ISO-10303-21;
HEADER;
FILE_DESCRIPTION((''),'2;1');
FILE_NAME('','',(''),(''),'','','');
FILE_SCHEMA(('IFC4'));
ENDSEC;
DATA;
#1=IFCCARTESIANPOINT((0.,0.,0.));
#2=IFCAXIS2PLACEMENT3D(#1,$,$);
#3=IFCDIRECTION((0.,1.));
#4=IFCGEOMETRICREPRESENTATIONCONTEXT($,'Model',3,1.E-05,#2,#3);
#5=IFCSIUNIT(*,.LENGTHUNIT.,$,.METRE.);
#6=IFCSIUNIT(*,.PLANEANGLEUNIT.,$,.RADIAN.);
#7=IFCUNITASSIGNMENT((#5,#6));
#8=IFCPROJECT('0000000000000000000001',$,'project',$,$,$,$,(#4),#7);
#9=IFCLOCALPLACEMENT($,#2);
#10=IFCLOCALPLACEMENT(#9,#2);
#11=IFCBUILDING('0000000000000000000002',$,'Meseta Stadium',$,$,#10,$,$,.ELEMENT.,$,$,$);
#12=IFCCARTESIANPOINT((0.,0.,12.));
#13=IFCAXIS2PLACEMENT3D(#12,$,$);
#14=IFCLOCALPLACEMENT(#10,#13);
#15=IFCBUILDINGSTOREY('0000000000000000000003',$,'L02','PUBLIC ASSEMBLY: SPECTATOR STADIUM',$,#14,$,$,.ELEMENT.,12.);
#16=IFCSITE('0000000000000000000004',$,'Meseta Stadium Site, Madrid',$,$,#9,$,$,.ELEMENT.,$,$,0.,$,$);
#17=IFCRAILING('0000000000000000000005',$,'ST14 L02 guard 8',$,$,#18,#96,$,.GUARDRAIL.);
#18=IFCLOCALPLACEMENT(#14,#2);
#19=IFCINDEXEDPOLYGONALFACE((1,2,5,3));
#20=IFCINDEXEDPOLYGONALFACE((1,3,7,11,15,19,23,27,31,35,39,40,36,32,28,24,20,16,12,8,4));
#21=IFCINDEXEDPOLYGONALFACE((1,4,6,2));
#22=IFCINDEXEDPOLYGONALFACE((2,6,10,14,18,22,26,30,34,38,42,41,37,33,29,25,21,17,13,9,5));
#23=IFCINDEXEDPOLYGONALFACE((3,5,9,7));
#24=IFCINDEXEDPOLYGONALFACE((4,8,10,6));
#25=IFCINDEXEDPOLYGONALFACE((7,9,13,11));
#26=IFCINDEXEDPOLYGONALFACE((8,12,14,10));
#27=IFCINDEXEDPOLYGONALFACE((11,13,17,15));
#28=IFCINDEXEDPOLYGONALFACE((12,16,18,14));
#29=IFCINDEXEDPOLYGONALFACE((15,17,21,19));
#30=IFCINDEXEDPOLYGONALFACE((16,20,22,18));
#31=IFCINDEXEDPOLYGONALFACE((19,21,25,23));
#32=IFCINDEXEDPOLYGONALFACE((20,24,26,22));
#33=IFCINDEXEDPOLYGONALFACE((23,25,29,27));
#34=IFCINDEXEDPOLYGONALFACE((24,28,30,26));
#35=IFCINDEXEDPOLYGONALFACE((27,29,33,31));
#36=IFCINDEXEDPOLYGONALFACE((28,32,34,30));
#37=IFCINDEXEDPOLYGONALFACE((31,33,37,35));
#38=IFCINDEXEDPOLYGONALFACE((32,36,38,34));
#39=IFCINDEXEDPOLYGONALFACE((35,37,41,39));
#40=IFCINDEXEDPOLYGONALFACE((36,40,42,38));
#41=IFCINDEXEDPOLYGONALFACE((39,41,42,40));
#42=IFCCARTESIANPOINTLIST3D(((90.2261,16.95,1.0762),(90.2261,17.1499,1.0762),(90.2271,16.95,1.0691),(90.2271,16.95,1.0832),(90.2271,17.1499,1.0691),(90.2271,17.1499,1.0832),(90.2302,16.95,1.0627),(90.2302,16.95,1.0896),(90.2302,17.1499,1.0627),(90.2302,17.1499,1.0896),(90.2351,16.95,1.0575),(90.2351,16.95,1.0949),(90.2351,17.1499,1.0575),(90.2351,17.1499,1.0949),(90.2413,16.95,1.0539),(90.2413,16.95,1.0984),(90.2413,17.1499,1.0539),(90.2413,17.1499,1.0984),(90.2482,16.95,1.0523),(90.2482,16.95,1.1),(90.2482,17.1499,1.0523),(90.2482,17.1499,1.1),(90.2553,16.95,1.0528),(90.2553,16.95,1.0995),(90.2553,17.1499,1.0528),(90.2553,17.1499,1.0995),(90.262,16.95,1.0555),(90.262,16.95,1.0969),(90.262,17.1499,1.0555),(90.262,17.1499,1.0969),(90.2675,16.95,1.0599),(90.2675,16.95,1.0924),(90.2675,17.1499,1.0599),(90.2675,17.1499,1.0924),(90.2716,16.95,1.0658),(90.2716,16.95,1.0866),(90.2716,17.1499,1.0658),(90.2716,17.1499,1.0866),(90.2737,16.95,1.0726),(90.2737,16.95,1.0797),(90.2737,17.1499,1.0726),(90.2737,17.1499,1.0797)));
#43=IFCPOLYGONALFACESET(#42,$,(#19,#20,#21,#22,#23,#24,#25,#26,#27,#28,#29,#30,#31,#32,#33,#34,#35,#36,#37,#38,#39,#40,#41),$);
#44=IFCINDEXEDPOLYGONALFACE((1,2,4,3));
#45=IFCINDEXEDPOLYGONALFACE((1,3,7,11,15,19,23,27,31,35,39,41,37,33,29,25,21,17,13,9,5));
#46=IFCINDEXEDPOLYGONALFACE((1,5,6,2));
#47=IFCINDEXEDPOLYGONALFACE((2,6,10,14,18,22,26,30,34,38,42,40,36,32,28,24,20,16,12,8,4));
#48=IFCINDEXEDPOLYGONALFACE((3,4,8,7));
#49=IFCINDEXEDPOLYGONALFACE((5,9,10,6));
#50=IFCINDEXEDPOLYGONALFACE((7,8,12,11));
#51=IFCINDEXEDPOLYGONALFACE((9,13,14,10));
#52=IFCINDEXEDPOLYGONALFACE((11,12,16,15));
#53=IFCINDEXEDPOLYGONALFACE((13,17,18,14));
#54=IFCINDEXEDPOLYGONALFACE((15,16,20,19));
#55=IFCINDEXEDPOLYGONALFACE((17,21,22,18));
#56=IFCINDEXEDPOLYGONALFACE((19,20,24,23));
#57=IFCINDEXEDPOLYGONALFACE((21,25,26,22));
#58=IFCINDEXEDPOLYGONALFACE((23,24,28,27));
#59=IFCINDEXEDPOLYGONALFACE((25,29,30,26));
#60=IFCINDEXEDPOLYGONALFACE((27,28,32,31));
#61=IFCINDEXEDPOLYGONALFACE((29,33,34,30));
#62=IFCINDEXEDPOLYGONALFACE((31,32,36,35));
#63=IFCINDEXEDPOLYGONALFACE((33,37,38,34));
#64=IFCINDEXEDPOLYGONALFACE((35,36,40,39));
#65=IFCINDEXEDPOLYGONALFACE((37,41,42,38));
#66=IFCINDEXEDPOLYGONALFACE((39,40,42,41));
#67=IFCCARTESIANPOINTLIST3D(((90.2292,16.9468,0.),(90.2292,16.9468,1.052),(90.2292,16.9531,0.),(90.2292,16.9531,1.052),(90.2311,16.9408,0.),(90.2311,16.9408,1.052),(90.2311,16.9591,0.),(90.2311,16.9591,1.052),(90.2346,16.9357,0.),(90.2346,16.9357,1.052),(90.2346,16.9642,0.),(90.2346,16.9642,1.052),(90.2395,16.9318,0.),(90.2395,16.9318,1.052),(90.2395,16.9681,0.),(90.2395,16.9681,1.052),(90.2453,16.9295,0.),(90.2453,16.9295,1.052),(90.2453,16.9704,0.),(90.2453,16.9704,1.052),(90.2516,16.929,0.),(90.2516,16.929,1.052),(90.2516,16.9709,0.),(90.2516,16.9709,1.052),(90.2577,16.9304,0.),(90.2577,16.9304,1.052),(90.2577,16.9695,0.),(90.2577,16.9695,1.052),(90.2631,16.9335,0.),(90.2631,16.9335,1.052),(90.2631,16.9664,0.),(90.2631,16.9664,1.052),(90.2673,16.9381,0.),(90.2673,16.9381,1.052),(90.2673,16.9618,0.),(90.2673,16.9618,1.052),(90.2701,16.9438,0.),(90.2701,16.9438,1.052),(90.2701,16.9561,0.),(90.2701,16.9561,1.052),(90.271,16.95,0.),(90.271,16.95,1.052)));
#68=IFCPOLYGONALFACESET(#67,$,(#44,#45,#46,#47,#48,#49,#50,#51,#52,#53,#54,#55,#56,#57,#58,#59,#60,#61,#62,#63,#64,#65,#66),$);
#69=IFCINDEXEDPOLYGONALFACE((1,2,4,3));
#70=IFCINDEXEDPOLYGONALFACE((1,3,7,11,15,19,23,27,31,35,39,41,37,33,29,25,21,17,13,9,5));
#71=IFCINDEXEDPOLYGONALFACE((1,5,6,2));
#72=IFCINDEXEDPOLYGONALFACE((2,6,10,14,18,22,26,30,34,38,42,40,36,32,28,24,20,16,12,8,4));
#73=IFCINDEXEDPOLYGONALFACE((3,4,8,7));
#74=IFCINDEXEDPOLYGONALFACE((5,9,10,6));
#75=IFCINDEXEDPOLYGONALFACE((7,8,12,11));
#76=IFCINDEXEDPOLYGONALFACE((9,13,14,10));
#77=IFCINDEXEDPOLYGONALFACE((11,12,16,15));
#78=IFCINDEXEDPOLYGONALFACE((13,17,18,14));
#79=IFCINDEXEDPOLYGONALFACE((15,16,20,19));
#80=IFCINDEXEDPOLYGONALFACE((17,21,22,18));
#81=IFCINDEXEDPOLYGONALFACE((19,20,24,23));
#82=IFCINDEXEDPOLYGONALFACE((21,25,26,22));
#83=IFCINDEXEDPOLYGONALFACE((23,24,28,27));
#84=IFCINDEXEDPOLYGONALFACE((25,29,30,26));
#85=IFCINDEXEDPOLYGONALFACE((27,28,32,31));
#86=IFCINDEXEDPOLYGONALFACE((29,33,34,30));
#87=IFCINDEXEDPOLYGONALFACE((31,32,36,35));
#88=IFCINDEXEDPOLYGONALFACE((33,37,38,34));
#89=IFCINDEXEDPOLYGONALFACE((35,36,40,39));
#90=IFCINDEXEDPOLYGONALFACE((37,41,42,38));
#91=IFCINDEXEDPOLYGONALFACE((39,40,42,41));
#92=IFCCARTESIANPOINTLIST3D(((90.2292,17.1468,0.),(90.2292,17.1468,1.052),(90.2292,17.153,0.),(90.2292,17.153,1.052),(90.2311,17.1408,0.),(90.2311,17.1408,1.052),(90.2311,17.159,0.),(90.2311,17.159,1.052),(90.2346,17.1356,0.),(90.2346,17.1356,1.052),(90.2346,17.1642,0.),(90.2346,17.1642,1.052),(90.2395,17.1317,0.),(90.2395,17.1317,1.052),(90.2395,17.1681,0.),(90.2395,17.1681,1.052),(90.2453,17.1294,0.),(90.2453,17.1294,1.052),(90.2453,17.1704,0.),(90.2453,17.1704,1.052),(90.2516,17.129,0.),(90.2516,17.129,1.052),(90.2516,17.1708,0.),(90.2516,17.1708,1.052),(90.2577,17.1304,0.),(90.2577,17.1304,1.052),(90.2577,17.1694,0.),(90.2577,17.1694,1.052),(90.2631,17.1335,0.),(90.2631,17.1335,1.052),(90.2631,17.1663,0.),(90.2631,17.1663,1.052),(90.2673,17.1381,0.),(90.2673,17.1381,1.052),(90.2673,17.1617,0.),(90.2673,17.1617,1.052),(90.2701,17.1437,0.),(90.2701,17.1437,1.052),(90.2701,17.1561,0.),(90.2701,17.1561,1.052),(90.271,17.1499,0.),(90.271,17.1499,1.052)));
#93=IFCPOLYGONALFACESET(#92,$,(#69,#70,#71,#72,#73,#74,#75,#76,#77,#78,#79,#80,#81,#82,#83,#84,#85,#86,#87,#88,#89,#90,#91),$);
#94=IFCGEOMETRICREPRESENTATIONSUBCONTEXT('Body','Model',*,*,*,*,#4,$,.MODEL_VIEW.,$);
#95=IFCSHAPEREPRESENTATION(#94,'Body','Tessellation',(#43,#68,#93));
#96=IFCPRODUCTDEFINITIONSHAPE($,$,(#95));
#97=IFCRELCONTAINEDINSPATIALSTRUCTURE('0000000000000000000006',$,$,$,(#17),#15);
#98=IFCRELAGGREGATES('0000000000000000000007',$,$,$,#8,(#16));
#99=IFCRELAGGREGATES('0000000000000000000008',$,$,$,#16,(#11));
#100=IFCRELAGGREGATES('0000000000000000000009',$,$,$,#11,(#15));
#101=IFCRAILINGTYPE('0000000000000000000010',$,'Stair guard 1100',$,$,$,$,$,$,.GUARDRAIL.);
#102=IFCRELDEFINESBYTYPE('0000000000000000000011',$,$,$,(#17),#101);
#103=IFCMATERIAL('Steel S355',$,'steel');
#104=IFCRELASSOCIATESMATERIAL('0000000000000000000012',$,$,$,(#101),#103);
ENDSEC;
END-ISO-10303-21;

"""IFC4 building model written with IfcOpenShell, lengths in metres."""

from ifc_helpers import new_model, si_unit, direction, frame, origin, origin_2d, place, context, subcontext, project, spatial, circle, extrude, material, type_object, element, save


model = new_model("IFC4")

# Units and contexts
model_context = context("Model", 3, precision=1e-05, world=origin(), true_north=direction((0.0, 1.0)))
body_context = subcontext(model_context, "Body", "Model", "MODEL_VIEW")
ifc_project = project(units=[si_unit("LENGTHUNIT", "METRE"), si_unit("PLANEANGLEUNIT", "RADIAN")], contexts=[model_context])

# Site, building, storey
site_placement = place(None, origin())
site = spatial("IfcSite", under=ifc_project, at=site_placement, Name="Meseta Stadium Site, Madrid", CompositionType="ELEMENT", RefElevation=0.0)
building_placement = place(site_placement, origin())
building = spatial("IfcBuilding", under=site, at=building_placement, Name="Meseta Stadium", CompositionType="ELEMENT")
storey_placement = place(building_placement, frame((0.0, 0.0, 12.0)))
storey = spatial("IfcBuildingStorey", under=building, at=storey_placement, Name="L02", Description="PUBLIC ASSEMBLY: SPECTATOR STADIUM", CompositionType="ELEMENT", Elevation=12.0)

# Railing
ifc_material_1 = material(Name="Steel S355", Category="steel")
railing_type_1 = type_object("IfcRailingType", Name="Stair guard 1100", PredefinedType="GUARDRAIL", material=ifc_material_1)
railing_1_placement = place(storey_placement, frame((90.25, 16.95, 0.0)))
element("IfcRailing", 1, at=railing_1_placement, inside=storey, type_object=railing_type_1, Name="ST14 L02 guard 8", PredefinedType="GUARDRAIL", context=body_context, shape_type="SweptSolid", body=[
    extrude(circle(Radius=0.0239, at=origin_2d()), frame((0.0, 0.0, 1.0762), z_axis=(0.0, 1.0, 0.0), x_axis=(-1.0, 0.0, 0.0)), (0.0, 0.0, 1.0), 0.2),
    extrude(circle(Radius=0.021, at=origin_2d()), origin(), (0.0, 0.0, 1.0), 1.052),
    extrude(circle(Radius=0.021, at=origin_2d()), frame((0.0, 0.2, 0.0)), (0.0, 0.0, 1.0), 1.052),
])

save(model, "model.ifc")
